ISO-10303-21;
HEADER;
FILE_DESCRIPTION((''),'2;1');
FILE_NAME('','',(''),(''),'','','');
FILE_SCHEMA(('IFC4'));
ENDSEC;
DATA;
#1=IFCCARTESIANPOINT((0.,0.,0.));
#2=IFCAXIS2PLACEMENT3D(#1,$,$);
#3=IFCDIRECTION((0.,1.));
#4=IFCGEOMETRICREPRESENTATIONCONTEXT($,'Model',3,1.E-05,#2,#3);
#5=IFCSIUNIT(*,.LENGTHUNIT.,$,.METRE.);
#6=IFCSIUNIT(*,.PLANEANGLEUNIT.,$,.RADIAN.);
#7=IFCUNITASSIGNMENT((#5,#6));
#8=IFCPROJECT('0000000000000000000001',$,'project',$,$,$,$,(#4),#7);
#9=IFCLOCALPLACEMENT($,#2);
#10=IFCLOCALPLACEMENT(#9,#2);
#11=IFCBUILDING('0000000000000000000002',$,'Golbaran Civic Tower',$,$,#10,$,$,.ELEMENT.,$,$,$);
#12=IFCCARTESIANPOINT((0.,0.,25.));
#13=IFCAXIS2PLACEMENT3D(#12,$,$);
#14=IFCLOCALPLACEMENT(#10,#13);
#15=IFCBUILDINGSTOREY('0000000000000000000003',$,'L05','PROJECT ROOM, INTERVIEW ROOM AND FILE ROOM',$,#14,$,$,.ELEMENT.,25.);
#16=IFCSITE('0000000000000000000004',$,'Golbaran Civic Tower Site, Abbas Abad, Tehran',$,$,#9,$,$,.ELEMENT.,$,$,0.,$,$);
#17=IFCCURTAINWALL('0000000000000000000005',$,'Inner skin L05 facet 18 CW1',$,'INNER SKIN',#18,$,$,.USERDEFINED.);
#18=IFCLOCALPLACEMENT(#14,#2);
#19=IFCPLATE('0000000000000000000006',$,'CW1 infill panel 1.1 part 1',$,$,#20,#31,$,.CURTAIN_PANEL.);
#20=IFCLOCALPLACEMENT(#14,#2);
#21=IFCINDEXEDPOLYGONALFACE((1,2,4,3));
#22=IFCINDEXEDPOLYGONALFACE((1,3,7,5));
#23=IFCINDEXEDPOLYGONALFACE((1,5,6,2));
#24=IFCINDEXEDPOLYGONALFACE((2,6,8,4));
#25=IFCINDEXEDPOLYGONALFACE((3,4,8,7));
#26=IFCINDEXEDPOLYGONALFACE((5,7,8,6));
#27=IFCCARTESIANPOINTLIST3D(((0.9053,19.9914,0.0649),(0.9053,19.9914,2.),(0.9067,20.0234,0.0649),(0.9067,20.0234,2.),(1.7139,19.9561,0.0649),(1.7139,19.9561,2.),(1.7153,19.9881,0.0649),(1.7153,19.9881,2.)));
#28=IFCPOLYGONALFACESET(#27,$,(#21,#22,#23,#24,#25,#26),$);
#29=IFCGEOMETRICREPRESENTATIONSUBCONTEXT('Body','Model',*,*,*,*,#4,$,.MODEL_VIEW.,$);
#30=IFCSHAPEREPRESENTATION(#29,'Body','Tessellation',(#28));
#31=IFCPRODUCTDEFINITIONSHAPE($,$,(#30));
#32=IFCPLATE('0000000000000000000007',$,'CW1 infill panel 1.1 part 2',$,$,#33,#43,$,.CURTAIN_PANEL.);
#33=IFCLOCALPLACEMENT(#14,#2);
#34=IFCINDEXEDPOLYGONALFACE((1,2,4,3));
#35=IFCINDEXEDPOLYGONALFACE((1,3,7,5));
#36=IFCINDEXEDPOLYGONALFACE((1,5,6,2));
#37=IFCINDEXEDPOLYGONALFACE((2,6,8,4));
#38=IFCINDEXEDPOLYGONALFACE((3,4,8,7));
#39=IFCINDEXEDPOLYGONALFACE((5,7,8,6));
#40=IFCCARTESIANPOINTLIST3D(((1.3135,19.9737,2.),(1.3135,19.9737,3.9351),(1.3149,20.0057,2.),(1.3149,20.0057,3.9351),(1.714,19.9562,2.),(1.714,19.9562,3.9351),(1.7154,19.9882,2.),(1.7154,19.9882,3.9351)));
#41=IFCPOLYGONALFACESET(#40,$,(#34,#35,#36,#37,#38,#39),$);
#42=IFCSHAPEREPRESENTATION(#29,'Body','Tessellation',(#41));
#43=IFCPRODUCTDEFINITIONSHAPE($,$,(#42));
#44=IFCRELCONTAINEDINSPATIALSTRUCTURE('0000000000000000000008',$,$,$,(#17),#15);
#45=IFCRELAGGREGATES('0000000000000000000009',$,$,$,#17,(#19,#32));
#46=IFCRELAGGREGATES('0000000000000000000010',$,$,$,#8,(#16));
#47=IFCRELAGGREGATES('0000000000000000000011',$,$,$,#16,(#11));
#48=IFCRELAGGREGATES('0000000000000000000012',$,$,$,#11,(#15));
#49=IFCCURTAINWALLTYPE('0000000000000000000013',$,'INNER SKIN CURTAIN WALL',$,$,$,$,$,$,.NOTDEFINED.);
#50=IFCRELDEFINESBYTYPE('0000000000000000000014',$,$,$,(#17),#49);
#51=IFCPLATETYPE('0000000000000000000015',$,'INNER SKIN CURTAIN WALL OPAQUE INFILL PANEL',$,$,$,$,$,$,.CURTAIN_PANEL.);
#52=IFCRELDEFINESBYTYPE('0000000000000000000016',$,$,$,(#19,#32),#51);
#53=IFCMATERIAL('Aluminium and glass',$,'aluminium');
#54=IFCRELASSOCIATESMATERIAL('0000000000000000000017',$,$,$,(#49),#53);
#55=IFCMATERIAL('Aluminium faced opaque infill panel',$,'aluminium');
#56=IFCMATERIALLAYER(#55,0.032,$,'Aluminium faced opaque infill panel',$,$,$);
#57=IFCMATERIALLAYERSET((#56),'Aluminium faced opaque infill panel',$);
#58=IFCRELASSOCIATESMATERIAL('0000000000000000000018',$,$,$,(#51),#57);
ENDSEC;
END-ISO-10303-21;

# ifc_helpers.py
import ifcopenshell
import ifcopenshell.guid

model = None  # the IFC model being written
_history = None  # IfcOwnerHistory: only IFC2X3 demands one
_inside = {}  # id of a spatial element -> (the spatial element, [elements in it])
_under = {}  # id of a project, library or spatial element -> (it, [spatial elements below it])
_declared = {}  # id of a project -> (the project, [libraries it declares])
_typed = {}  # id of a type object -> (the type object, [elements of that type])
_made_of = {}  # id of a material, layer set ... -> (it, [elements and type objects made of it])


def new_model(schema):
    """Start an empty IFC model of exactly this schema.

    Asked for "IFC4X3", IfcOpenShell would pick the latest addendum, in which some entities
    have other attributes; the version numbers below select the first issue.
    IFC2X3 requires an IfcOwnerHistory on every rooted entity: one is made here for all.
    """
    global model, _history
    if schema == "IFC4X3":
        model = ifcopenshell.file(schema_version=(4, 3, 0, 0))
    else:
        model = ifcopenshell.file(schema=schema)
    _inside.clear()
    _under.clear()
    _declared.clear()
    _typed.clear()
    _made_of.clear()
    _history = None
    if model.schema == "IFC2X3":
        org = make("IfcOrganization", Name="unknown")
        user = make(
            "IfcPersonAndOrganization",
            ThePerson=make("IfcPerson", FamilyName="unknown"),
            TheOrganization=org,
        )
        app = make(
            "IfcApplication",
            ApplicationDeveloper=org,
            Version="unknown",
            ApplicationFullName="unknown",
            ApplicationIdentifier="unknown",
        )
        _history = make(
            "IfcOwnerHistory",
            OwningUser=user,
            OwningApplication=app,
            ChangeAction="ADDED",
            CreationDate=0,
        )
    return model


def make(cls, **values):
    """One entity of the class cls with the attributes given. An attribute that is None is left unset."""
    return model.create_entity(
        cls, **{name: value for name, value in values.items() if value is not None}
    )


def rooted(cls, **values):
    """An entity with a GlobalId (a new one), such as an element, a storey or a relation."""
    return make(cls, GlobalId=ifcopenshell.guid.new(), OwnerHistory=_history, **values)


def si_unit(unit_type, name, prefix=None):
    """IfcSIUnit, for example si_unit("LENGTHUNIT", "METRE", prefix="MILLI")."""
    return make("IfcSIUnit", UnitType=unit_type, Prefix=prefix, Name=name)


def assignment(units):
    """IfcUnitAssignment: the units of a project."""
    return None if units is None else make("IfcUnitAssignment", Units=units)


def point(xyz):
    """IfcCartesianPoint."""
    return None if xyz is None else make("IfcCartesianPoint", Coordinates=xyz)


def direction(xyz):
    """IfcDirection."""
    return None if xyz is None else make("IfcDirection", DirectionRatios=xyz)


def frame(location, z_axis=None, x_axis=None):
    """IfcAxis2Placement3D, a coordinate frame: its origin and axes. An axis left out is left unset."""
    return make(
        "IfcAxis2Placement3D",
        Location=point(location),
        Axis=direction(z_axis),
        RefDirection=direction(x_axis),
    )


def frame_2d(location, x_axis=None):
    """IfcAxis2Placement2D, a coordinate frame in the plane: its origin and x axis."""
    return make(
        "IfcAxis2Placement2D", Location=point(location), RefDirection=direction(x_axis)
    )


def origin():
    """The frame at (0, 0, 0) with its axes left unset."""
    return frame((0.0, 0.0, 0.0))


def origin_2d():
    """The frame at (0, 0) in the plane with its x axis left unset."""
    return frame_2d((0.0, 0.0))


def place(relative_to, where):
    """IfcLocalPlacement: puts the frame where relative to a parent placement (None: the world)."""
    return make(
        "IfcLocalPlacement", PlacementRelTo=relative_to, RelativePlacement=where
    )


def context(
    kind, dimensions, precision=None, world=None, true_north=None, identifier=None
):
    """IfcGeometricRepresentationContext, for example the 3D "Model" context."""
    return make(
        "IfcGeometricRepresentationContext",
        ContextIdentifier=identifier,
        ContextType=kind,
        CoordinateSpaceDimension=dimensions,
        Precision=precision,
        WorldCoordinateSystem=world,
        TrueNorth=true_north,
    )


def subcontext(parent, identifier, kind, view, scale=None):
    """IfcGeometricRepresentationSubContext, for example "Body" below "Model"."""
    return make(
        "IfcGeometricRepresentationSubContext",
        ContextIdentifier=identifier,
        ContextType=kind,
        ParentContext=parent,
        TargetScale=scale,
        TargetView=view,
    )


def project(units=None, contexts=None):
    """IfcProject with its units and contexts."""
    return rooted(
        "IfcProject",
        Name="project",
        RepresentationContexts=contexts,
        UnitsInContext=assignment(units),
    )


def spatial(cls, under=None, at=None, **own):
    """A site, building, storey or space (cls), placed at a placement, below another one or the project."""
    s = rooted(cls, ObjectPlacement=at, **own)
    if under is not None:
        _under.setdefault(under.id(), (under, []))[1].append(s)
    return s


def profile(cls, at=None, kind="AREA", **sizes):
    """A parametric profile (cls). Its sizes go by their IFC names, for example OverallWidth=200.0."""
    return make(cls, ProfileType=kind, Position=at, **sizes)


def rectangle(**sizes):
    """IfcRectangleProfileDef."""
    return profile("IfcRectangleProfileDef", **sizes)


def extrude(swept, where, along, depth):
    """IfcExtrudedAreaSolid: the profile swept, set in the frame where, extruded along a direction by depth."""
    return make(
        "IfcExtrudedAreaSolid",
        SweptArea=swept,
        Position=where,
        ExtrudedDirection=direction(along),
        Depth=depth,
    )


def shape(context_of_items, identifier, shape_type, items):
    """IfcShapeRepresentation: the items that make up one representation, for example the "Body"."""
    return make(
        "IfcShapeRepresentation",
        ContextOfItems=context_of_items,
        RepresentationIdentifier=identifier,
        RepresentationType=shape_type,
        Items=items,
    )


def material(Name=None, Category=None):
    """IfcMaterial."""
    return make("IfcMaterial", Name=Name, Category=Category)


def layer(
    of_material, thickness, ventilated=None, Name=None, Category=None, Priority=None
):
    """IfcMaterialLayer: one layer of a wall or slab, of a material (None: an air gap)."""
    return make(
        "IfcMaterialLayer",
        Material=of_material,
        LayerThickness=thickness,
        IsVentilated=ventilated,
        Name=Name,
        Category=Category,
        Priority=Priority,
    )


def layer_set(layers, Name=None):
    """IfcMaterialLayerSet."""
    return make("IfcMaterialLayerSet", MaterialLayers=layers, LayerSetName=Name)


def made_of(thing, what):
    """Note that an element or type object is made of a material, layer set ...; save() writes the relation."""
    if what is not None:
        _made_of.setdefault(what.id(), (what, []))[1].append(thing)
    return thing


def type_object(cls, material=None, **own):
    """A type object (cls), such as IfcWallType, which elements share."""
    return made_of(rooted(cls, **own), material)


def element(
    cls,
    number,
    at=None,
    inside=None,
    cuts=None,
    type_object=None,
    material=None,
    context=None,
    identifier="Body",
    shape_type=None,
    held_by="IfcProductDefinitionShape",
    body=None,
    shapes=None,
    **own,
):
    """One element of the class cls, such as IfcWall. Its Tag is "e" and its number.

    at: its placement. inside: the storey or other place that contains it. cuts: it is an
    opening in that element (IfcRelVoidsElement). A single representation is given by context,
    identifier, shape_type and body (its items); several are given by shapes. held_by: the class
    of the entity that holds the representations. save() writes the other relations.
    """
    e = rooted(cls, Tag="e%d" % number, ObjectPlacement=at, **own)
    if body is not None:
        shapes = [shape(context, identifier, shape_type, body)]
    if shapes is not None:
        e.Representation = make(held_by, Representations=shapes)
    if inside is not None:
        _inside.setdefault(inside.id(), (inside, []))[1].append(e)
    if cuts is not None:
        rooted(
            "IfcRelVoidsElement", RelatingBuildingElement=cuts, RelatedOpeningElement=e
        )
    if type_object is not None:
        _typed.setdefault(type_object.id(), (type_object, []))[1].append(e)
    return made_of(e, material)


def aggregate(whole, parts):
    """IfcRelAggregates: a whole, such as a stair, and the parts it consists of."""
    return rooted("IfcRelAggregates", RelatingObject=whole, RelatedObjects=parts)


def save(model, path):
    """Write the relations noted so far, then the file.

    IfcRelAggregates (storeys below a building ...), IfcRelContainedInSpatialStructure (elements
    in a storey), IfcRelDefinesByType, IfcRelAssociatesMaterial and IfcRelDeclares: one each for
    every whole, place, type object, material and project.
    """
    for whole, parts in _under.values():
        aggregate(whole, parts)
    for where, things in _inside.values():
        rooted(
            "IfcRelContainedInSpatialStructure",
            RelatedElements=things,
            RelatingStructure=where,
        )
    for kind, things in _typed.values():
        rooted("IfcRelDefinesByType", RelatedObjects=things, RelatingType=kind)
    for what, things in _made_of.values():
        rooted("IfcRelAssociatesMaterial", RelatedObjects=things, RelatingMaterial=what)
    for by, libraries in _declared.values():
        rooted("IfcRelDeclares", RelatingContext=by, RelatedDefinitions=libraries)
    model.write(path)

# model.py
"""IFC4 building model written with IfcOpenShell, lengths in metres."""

from ifc_helpers import new_model, si_unit, direction, frame, origin, origin_2d, place, context, subcontext, project, spatial, rectangle, extrude, material, layer, layer_set, type_object, element, aggregate, save


model = new_model("IFC4")

# Units and contexts
model_context = context("Model", 3, precision=1e-05, world=origin(), true_north=direction((0.0, 1.0)))
body_context = subcontext(model_context, "Body", "Model", "MODEL_VIEW")
ifc_project = project(units=[si_unit("LENGTHUNIT", "METRE"), si_unit("PLANEANGLEUNIT", "RADIAN")], contexts=[model_context])

# Site, building, storey
site_placement = place(None, origin())
site = spatial("IfcSite", under=ifc_project, at=site_placement, Name="Golbaran Civic Tower Site, Abbas Abad, Tehran", CompositionType="ELEMENT", RefElevation=0.0)
building_placement = place(site_placement, origin())
building = spatial("IfcBuilding", under=site, at=building_placement, Name="Golbaran Civic Tower", CompositionType="ELEMENT")
storey_placement = place(building_placement, frame((0.0, 0.0, 25.0)))
storey = spatial("IfcBuildingStorey", under=building, at=storey_placement, Name="L05", Description="PROJECT ROOM, INTERVIEW ROOM AND FILE ROOM", CompositionType="ELEMENT", Elevation=25.0)

# Shared definitions
ifc_material_1 = material(Name="Aluminium and glass", Category="aluminium")
curtain_wall_type = type_object("IfcCurtainWallType", Name="INNER SKIN CURTAIN WALL", PredefinedType="NOTDEFINED", material=ifc_material_1)

# Curtain wall
curtain_wall_1_placement = place(storey_placement, origin())
curtain_wall_1 = element("IfcCurtainWall", 1, at=curtain_wall_1_placement, inside=storey, type_object=curtain_wall_type, Name="Inner skin L05 facet 18 CW1", ObjectType="INNER SKIN", PredefinedType="USERDEFINED")

# Plates
ifc_material_2 = material(Name="Aluminium faced opaque infill panel", Category="aluminium")
ifc_layer_1 = layer(ifc_material_2, 0.032, Name="Aluminium faced opaque infill panel")
ifc_layer_set_1 = layer_set([ifc_layer_1], Name="Aluminium faced opaque infill panel")
plate_type_1 = type_object("IfcPlateType", Name="INNER SKIN CURTAIN WALL OPAQUE INFILL PANEL", PredefinedType="CURTAIN_PANEL", material=ifc_layer_set_1)
plate_1_placement = place(storey_placement, frame((1.3103, 19.9897, 0.0649), z_axis=(0.0, 0.0, 1.0), x_axis=(-0.999048, 0.043619, 0.0)))
plate_1 = element("IfcPlate", 2, at=plate_1_placement, type_object=plate_type_1, Name="CW1 infill panel 1.1 part 1", PredefinedType="CURTAIN_PANEL", context=body_context, shape_type="SweptSolid", body=[
    extrude(rectangle(XDim=0.8093, YDim=0.032, at=origin_2d()), origin(), (0.0, 0.0, 1.0), 1.9351),
])
plate_2_placement = place(storey_placement, frame((1.5144, 19.981, 2.0), z_axis=(0.0, 0.0, 1.0), x_axis=(-0.999048, 0.043619, 0.0)))
plate_2 = element("IfcPlate", 3, at=plate_2_placement, type_object=plate_type_1, Name="CW1 infill panel 1.1 part 2", PredefinedType="CURTAIN_PANEL", context=body_context, shape_type="SweptSolid", body=[
    extrude(rectangle(XDim=0.4009, YDim=0.032, at=origin_2d()), origin(), (0.0, 0.0, 1.0), 1.9351),
])
aggregate(curtain_wall_1, [plate_1, plate_2])

save(model, "model.ifc")
